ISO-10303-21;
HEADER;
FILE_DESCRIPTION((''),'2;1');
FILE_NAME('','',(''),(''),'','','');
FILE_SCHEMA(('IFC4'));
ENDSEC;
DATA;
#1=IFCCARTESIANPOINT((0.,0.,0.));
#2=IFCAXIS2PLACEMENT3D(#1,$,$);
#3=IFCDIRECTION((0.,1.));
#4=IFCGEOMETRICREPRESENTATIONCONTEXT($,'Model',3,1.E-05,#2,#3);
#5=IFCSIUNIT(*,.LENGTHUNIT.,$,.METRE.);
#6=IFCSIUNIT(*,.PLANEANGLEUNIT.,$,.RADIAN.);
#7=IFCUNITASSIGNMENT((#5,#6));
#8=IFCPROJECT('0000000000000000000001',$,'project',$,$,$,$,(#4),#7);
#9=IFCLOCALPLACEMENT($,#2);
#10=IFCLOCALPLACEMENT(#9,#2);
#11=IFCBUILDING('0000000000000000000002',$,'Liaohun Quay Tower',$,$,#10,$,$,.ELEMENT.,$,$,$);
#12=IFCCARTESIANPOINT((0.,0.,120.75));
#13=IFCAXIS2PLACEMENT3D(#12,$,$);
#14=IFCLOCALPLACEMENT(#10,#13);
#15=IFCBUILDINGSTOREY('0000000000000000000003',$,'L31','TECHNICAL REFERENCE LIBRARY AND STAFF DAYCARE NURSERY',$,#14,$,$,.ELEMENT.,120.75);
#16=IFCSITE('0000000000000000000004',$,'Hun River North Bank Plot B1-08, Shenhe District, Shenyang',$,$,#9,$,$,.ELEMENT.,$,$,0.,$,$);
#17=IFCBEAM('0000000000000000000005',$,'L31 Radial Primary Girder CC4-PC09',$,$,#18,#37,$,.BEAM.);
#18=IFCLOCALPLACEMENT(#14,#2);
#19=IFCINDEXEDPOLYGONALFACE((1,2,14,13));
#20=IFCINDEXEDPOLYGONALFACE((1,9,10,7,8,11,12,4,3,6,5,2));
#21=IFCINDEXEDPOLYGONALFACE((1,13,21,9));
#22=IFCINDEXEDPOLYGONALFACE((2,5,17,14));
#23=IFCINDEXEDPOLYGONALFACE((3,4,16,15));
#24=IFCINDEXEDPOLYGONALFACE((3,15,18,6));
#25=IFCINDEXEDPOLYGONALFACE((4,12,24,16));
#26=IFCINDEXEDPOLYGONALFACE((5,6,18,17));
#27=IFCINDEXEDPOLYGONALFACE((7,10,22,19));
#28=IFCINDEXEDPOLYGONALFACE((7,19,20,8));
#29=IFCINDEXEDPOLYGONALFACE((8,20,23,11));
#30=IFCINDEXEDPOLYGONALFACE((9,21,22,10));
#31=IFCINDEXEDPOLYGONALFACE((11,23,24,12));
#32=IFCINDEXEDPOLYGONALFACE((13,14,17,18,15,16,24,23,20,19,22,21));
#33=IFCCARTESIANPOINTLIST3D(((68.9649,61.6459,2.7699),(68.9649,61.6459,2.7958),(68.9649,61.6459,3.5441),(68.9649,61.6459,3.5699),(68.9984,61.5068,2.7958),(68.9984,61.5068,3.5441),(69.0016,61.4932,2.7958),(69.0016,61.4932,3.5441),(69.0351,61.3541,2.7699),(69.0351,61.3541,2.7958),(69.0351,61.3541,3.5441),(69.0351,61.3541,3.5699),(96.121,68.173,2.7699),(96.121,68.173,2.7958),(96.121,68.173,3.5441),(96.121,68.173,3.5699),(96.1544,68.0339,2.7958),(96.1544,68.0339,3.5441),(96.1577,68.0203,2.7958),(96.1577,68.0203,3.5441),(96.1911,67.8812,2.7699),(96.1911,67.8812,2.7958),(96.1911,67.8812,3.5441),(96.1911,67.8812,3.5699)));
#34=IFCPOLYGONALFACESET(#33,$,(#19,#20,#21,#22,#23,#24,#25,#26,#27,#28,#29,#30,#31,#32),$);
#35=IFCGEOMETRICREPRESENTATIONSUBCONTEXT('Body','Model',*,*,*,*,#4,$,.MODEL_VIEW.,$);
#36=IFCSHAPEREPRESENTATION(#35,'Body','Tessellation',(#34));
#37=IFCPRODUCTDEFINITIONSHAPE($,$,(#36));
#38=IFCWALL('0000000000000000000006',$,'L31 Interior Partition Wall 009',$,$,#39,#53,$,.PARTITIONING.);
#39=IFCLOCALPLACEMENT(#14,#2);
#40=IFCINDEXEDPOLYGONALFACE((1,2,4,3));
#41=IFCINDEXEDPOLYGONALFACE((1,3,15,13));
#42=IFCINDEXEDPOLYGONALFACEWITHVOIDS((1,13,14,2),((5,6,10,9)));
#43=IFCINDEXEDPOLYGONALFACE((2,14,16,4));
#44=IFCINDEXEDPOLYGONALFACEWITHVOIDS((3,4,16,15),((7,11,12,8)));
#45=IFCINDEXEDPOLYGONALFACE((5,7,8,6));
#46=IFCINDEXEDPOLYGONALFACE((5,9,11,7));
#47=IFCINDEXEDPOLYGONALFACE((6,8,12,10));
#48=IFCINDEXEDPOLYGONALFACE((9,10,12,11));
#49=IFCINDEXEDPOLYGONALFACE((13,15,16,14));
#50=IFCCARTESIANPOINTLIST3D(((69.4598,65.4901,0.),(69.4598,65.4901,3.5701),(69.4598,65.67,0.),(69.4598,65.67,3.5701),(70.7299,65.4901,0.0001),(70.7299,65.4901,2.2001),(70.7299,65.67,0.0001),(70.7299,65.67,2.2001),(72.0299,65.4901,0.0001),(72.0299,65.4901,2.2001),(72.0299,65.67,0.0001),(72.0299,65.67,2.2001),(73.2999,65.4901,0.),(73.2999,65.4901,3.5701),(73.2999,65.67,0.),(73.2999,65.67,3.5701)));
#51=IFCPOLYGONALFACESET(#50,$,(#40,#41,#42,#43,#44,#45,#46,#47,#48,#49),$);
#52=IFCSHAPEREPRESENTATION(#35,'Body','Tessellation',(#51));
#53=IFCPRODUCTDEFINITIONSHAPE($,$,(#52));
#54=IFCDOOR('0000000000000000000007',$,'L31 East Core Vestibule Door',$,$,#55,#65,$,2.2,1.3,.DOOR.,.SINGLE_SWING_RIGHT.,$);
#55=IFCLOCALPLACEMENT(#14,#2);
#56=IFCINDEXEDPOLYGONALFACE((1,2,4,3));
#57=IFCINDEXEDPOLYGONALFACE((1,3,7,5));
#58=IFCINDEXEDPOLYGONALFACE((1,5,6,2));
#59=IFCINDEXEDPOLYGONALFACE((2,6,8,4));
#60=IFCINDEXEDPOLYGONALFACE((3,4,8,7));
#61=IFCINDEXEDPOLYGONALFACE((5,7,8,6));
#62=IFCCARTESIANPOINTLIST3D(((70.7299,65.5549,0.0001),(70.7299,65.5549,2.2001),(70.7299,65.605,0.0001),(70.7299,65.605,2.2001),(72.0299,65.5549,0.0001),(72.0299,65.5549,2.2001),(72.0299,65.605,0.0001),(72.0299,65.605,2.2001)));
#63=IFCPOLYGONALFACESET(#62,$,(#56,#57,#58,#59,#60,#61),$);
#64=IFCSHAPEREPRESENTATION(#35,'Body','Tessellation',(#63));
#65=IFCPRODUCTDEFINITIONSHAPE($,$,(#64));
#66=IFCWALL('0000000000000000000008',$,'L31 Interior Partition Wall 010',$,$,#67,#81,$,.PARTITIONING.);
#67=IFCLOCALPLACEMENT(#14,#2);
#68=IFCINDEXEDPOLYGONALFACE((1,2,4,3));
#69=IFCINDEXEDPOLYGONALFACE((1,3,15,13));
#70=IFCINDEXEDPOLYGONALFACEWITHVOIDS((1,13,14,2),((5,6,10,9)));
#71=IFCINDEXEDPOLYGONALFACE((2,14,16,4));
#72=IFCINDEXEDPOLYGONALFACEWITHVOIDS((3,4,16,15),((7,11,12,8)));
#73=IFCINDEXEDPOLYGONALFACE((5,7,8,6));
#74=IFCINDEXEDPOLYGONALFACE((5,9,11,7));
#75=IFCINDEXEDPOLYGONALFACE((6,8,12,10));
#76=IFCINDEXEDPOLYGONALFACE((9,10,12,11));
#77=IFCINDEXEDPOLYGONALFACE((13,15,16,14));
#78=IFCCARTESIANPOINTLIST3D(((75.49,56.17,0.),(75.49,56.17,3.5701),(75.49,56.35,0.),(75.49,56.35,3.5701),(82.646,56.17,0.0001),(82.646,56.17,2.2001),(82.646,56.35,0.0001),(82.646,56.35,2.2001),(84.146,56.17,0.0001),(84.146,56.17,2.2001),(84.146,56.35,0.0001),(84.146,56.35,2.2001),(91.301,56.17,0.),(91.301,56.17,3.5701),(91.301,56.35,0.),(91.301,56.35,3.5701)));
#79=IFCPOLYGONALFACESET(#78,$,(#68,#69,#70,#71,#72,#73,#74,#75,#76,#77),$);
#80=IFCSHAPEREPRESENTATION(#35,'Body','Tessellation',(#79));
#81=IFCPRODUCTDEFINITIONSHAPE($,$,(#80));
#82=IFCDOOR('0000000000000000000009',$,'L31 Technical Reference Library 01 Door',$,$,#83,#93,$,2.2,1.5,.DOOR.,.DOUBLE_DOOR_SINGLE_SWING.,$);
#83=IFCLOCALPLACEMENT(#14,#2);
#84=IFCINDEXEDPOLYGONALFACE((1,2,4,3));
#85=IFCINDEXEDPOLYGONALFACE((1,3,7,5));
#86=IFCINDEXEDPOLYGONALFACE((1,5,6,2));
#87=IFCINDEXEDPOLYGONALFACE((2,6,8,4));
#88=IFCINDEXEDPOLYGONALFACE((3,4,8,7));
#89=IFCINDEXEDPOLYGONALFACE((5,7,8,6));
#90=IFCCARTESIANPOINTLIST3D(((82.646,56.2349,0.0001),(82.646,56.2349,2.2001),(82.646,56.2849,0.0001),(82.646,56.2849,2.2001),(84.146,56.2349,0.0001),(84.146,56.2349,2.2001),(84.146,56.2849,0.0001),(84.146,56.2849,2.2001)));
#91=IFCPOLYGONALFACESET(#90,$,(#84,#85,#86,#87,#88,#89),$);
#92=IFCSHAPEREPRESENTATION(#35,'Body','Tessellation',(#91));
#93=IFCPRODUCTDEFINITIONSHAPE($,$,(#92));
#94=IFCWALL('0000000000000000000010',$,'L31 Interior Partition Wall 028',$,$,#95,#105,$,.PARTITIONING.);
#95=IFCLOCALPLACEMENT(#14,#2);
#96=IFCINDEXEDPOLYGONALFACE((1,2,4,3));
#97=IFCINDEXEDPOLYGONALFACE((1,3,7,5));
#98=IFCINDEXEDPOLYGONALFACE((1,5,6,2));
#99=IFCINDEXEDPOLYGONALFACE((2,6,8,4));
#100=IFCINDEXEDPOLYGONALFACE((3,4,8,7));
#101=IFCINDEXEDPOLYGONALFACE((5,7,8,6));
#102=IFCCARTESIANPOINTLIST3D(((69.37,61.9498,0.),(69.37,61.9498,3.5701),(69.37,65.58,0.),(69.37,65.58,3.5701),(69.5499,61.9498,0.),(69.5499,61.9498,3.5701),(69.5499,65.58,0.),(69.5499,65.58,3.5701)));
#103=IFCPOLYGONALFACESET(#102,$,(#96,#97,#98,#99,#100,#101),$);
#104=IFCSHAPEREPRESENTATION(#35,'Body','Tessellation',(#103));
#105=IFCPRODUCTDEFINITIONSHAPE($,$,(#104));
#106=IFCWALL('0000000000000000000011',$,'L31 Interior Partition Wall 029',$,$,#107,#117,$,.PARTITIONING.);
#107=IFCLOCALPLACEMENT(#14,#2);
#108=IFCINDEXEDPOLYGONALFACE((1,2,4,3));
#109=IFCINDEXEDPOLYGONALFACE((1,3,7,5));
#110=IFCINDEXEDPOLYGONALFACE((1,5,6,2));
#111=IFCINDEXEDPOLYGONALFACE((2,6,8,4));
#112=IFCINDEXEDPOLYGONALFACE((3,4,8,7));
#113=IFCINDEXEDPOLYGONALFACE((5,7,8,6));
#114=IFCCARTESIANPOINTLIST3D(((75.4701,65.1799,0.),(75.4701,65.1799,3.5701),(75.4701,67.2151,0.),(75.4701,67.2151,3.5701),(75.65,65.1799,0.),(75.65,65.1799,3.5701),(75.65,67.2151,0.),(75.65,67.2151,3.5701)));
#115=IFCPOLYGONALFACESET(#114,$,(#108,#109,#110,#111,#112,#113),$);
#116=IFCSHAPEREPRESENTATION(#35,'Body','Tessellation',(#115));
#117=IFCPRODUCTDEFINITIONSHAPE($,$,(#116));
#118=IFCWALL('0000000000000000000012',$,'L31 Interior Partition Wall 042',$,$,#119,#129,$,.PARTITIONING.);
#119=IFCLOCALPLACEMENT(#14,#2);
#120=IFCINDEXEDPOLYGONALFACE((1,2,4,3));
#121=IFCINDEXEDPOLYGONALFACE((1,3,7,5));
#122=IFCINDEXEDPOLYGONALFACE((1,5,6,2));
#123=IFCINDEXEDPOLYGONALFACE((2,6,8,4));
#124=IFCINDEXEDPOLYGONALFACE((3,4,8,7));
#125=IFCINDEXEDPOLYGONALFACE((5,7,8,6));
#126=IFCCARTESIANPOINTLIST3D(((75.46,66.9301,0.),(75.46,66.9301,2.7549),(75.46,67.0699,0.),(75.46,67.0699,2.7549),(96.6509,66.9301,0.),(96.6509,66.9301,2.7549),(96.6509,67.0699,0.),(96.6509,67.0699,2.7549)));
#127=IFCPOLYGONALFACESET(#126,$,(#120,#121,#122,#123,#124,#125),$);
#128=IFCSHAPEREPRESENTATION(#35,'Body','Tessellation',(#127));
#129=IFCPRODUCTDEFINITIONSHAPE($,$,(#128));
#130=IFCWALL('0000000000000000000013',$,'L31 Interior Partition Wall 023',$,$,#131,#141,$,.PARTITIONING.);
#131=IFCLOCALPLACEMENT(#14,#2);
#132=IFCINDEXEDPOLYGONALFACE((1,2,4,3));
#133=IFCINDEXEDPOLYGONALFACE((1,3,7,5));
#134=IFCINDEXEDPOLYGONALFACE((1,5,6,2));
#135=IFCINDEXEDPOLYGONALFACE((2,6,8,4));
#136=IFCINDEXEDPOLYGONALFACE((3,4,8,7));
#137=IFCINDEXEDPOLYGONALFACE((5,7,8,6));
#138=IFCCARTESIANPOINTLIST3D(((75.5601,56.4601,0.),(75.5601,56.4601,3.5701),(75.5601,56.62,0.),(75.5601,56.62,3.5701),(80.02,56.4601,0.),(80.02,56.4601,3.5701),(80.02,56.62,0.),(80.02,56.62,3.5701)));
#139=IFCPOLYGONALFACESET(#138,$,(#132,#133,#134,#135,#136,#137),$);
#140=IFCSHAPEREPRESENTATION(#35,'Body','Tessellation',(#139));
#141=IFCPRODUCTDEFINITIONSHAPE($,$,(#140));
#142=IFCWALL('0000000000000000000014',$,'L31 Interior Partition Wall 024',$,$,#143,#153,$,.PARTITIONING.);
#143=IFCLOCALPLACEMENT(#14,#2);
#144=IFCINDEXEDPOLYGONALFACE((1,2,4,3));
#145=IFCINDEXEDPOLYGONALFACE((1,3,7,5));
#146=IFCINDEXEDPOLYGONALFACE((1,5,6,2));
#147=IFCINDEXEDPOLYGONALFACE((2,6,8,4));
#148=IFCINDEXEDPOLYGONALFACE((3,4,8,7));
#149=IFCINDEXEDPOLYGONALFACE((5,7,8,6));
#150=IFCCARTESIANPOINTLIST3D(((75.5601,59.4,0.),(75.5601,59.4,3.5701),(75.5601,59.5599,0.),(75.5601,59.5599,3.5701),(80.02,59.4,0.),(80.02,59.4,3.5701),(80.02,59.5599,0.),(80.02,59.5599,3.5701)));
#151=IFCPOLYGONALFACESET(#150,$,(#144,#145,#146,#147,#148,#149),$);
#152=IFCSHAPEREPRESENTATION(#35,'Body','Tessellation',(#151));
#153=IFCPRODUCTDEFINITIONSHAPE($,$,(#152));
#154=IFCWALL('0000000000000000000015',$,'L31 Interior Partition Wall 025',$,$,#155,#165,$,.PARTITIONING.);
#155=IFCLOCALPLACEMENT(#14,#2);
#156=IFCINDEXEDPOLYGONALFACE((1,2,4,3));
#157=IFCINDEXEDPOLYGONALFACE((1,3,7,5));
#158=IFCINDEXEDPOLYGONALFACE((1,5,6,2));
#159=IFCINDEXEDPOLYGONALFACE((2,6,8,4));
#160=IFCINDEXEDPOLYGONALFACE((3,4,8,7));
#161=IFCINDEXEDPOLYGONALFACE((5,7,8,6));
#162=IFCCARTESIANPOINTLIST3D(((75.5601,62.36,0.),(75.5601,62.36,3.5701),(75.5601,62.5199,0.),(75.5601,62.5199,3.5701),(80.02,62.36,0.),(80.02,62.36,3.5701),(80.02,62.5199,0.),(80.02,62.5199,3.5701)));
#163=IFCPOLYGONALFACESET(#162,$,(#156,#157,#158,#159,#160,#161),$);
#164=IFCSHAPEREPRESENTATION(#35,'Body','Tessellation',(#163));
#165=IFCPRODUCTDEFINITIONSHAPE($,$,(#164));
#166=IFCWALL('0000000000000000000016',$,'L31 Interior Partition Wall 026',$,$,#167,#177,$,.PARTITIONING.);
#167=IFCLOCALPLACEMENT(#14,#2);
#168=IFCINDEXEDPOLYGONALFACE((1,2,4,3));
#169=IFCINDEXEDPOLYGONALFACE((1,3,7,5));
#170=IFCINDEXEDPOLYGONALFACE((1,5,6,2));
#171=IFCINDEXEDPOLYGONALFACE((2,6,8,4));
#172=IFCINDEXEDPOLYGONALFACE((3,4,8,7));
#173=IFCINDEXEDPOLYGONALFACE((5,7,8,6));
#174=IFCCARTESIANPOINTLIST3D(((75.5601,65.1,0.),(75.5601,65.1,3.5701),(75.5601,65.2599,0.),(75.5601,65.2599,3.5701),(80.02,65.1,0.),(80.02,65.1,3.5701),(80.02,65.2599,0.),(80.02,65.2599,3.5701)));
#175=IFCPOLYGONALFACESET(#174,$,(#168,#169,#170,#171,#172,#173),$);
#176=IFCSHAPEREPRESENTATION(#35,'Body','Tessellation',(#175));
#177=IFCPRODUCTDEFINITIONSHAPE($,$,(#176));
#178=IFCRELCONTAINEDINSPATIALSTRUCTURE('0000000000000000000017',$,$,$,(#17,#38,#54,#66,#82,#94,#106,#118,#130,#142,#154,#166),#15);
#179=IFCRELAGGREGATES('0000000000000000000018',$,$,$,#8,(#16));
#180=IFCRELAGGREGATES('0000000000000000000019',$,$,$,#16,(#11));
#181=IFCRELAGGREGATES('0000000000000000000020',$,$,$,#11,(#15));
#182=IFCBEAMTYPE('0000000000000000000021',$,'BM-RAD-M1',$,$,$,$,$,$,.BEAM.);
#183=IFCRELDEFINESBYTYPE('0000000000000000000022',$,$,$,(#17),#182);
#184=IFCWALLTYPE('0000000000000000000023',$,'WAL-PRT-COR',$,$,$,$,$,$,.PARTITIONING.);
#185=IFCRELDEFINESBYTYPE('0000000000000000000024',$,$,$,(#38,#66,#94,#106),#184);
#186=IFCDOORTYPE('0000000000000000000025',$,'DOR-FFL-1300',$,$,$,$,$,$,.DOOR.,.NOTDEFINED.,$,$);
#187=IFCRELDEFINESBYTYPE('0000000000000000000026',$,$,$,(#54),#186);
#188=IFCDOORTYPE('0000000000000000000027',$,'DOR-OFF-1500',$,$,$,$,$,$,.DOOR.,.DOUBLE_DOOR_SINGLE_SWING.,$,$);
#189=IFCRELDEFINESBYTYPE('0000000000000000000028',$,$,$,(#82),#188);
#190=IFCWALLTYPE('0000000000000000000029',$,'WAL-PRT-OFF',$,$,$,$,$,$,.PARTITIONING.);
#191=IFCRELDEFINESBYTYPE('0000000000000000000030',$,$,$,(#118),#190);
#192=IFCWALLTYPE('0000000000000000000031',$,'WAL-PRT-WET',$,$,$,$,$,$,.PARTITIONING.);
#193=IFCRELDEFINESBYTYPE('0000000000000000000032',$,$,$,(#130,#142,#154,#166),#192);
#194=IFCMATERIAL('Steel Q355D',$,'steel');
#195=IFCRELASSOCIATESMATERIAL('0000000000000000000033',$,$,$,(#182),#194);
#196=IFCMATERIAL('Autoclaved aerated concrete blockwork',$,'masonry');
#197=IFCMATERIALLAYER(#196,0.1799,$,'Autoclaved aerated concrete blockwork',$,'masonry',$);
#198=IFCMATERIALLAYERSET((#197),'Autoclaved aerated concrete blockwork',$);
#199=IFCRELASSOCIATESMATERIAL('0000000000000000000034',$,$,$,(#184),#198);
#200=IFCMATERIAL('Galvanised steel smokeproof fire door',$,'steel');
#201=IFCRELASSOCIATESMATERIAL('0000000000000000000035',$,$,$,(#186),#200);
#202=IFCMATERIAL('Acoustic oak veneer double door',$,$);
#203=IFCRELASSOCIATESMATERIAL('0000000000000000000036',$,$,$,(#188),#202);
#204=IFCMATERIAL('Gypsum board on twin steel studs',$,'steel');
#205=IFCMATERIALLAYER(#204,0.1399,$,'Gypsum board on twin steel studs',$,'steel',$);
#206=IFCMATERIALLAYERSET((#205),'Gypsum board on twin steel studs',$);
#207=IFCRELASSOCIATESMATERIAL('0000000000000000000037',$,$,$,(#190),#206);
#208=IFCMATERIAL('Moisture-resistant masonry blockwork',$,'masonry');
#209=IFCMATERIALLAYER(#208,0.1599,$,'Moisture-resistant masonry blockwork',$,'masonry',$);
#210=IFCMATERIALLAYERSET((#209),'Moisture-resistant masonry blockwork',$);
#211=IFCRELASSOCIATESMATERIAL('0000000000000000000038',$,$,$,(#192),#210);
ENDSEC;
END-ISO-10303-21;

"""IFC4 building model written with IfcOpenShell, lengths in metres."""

from ifc_helpers import new_model, si_unit, direction, frame, frame_2d, origin, origin_2d, place, context, subcontext, project, spatial, rectangle, i_section, extrude, source, transform, mapped, material, layer, layer_set, material_profile, profile_set, type_object, element, fill, save


model = new_model("IFC4")

# Units and contexts
model_context = context("Model", 3, precision=1e-05, world=origin(), true_north=direction((0.0, 1.0)))
body_context = subcontext(model_context, "Body", "Model", "MODEL_VIEW")
ifc_project = project(units=[si_unit("LENGTHUNIT", "METRE"), si_unit("PLANEANGLEUNIT", "RADIAN")], contexts=[model_context])

# Site, building, storey
site_placement = place(None, origin())
site = spatial("IfcSite", under=ifc_project, at=site_placement, Name="Hun River North Bank Plot B1-08, Shenhe District, Shenyang", CompositionType="ELEMENT", RefElevation=0.0)
building_placement = place(site_placement, origin())
building = spatial("IfcBuilding", under=site, at=building_placement, Name="Liaohun Quay Tower", CompositionType="ELEMENT")
storey_placement = place(building_placement, frame((0.0, 0.0, 120.75)))
storey = spatial("IfcBuildingStorey", under=building, at=storey_placement, Name="L31", Description="TECHNICAL REFERENCE LIBRARY AND STAFF DAYCARE NURSERY", CompositionType="ELEMENT", Elevation=120.75)

# Beam
ifc_material_1 = material(Name="Steel Q355D", Category="steel")
ifc_material_profile = material_profile(ifc_material_1, i_section(OverallWidth=0.3, OverallDepth=0.8, WebThickness=0.0139, FlangeThickness=0.0259, at=origin_2d()), Name="HN800x300x14x26")
ifc_profile_set = profile_set([ifc_material_profile], Name="Steel Q355D")
beam_type = type_object("IfcBeamType", Name="BM-RAD-M1", PredefinedType="BEAM", material=ifc_profile_set)
shared_shape_1 = source(origin(), body_context, "Body", "SweptSolid", [
    extrude(i_section(OverallWidth=0.3, OverallDepth=0.8, WebThickness=0.0139, FlangeThickness=0.0259, at=origin_2d()), origin(), (0.0, 0.0, 1.0), 27.9294),
])
beam_placement = place(storey_placement, frame((69.0, 61.5, 3.1699), z_axis=(0.972309, 0.2337, 0.0), x_axis=(-0.2337, 0.972309, 0.0)))
element("IfcBeam", 1, at=beam_placement, inside=storey, type_object=beam_type, Name="L31 Radial Primary Girder CC4-PC09", PredefinedType="BEAM", context=body_context, shape_type="MappedRepresentation", body=[
    mapped(shared_shape_1, transform((0.0, 0.0, 0.0), x_axis=(1.0, 0.0, 0.0), y_axis=(0.0, 1.0, 0.0), z_axis=(0.0, 0.0, 1.0), scale=1.0)),
])

# Walls, openings, doors
ifc_material_2 = material(Name="Autoclaved aerated concrete blockwork", Category="masonry")
ifc_layer_1 = layer(ifc_material_2, 0.1799, Name="Autoclaved aerated concrete blockwork", Category="masonry")
ifc_layer_set_1 = layer_set([ifc_layer_1], Name="Autoclaved aerated concrete blockwork")
wall_type_1 = type_object("IfcWallType", Name="WAL-PRT-COR", PredefinedType="PARTITIONING", material=ifc_layer_set_1)
wall_1_placement = place(storey_placement, frame((69.46, 65.5801, 0.0), z_axis=(0.0, 0.0, 1.0), x_axis=(1.0, 0.0, 0.0)))
wall_1 = element("IfcWall", 2, at=wall_1_placement, inside=storey, type_object=wall_type_1, Name="L31 Interior Partition Wall 009", PredefinedType="PARTITIONING", context=body_context, shape_type="SweptSolid", body=[
    extrude(rectangle(XDim=3.8401, YDim=0.1799, at=frame_2d((1.9199, 0.0))), origin(), (0.0, 0.0, 1.0), 3.5701),
])
shared_shape_2 = source(origin(), body_context, "Body", "SweptSolid", [
    extrude(rectangle(XDim=1.3, YDim=2.2, at=frame_2d((0.6499, 1.1001))), frame((0.0, 0.0999, 0.0), z_axis=(0.0, -1.0, 0.0), x_axis=(1.0, 0.0, 0.0)), (0.0, 0.0, 1.0), 0.2),
])
opening_1_placement = place(wall_1_placement, frame((1.27, 0.0, 0.0)))
opening_1 = element("IfcOpeningElement", 3, at=opening_1_placement, cuts=wall_1, PredefinedType="OPENING", context=body_context, shape_type="MappedRepresentation", body=[
    mapped(shared_shape_2, transform((0.0, 0.0, 0.0), x_axis=(1.0, 0.0, 0.0), y_axis=(0.0, 1.0, 0.0), z_axis=(0.0, 0.0, 1.0), scale=1.0)),
])
ifc_material_3 = material(Name="Galvanised steel smokeproof fire door", Category="steel")
door_type_1 = type_object("IfcDoorType", Name="DOR-FFL-1300", OperationType="NOTDEFINED", PredefinedType="DOOR", material=ifc_material_3)
shared_shape_3 = source(origin(), body_context, "Body", "SweptSolid", [
    extrude(rectangle(XDim=1.3, YDim=2.2, at=frame_2d((0.6499, 1.1001))), frame((0.0, 0.0249, 0.0), z_axis=(0.0, -1.0, 0.0), x_axis=(1.0, 0.0, 0.0)), (0.0, 0.0, 1.0), 0.05),
])
door_1_placement = place(opening_1_placement, origin())
door_1 = element("IfcDoor", 4, at=door_1_placement, inside=storey, type_object=door_type_1, Name="L31 East Core Vestibule Door", OperationType="SINGLE_SWING_RIGHT", OverallHeight=2.2, OverallWidth=1.3, PredefinedType="DOOR", context=body_context, shape_type="MappedRepresentation", body=[
    mapped(shared_shape_3, transform((0.0, 0.0, 0.0), x_axis=(1.0, 0.0, 0.0), y_axis=(0.0, 1.0, 0.0), z_axis=(0.0, 0.0, 1.0), scale=1.0)),
])
fill(opening_1, door_1)
wall_2_placement = place(storey_placement, frame((75.49, 56.26, 0.0), z_axis=(0.0, 0.0, 1.0), x_axis=(1.0, 0.0, 0.0)))
wall_2 = element("IfcWall", 5, at=wall_2_placement, inside=storey, type_object=wall_type_1, Name="L31 Interior Partition Wall 010", PredefinedType="PARTITIONING", context=body_context, shape_type="SweptSolid", body=[
    extrude(rectangle(XDim=15.811, YDim=0.1799, at=frame_2d((7.9055, 0.0))), origin(), (0.0, 0.0, 1.0), 3.5701),
])
shared_shape_4 = source(origin(), body_context, "Body", "SweptSolid", [
    extrude(rectangle(XDim=1.5, YDim=2.2, at=frame_2d((0.75, 1.1001))), frame((0.0, 0.0999, 0.0), z_axis=(0.0, -1.0, 0.0), x_axis=(1.0, 0.0, 0.0)), (0.0, 0.0, 1.0), 0.2),
])
opening_2_placement = place(wall_2_placement, frame((7.156, 0.0, 0.0)))
opening_2 = element("IfcOpeningElement", 6, at=opening_2_placement, cuts=wall_2, PredefinedType="OPENING", context=body_context, shape_type="MappedRepresentation", body=[
    mapped(shared_shape_4, transform((0.0, 0.0, 0.0), x_axis=(1.0, 0.0, 0.0), y_axis=(0.0, 1.0, 0.0), z_axis=(0.0, 0.0, 1.0), scale=1.0)),
])
ifc_material_4 = material(Name="Acoustic oak veneer double door")
door_type_2 = type_object("IfcDoorType", Name="DOR-OFF-1500", OperationType="DOUBLE_DOOR_SINGLE_SWING", PredefinedType="DOOR", material=ifc_material_4)
shared_shape_5 = source(origin(), body_context, "Body", "SweptSolid", [
    extrude(rectangle(XDim=1.5, YDim=2.2, at=frame_2d((0.75, 1.1001))), frame((0.0, 0.0249, 0.0), z_axis=(0.0, -1.0, 0.0), x_axis=(1.0, 0.0, 0.0)), (0.0, 0.0, 1.0), 0.05),
])
door_2_placement = place(opening_2_placement, origin())
door_2 = element("IfcDoor", 7, at=door_2_placement, inside=storey, type_object=door_type_2, Name="L31 Technical Reference Library 01 Door", OperationType="DOUBLE_DOOR_SINGLE_SWING", OverallHeight=2.2, OverallWidth=1.5, PredefinedType="DOOR", context=body_context, shape_type="MappedRepresentation", body=[
    mapped(shared_shape_5, transform((0.0, 0.0, 0.0), x_axis=(1.0, 0.0, 0.0), y_axis=(0.0, 1.0, 0.0), z_axis=(0.0, 0.0, 1.0), scale=1.0)),
])
fill(opening_2, door_2)

# Walls
wall_3_placement = place(storey_placement, frame((69.46, 61.95, 0.0), z_axis=(0.0, 0.0, 1.0), x_axis=(0.0, 1.0, 0.0)))
element("IfcWall", 8, at=wall_3_placement, inside=storey, type_object=wall_type_1, Name="L31 Interior Partition Wall 028", PredefinedType="PARTITIONING", context=body_context, shape_type="SweptSolid", body=[
    extrude(rectangle(XDim=3.6301, YDim=0.1799, at=frame_2d((1.8149, 0.0))), origin(), (0.0, 0.0, 1.0), 3.5701),
])
wall_4_placement = place(storey_placement, frame((75.5601, 67.2151, 0.0), z_axis=(0.0, 0.0, 1.0), x_axis=(0.0, -1.0, 0.0)))
element("IfcWall", 9, at=wall_4_placement, inside=storey, type_object=wall_type_1, Name="L31 Interior Partition Wall 029", PredefinedType="PARTITIONING", context=body_context, shape_type="SweptSolid", body=[
    extrude(rectangle(XDim=2.0352, YDim=0.1799, at=frame_2d((1.0176, 0.0))), origin(), (0.0, 0.0, 1.0), 3.5701),
])
ifc_material_5 = material(Name="Gypsum board on twin steel studs", Category="steel")
ifc_layer_2 = layer(ifc_material_5, 0.1399, Name="Gypsum board on twin steel studs", Category="steel")
ifc_layer_set_2 = layer_set([ifc_layer_2], Name="Gypsum board on twin steel studs")
wall_type_2 = type_object("IfcWallType", Name="WAL-PRT-OFF", PredefinedType="PARTITIONING", material=ifc_layer_set_2)
wall_5_placement = place(storey_placement, frame((75.46, 67.0, 0.0), z_axis=(0.0, 0.0, 1.0), x_axis=(1.0, 0.0, 0.0)))
element("IfcWall", 10, at=wall_5_placement, inside=storey, type_object=wall_type_2, Name="L31 Interior Partition Wall 042", PredefinedType="PARTITIONING", context=body_context, shape_type="SweptSolid", body=[
    extrude(rectangle(XDim=21.1909, YDim=0.1399, at=frame_2d((10.5955, 0.0))), origin(), (0.0, 0.0, 1.0), 2.7549),
])

# Shared definitions
ifc_material_6 = material(Name="Moisture-resistant masonry blockwork", Category="masonry")
ifc_layer_3 = layer(ifc_material_6, 0.1599, Name="Moisture-resistant masonry blockwork", Category="masonry")
ifc_layer_set_3 = layer_set([ifc_layer_3], Name="Moisture-resistant masonry blockwork")
wall_type_3 = type_object("IfcWallType", Name="WAL-PRT-WET", PredefinedType="PARTITIONING", material=ifc_layer_set_3)

# Walls
for number, where, z_axis, x_axis, name in (
    (11, (75.5601, 56.54, 0.0), (0.0, 0.0, 1.0), (1.0, 0.0, 0.0), "L31 Interior Partition Wall 023"),
    (12, (75.5601, 59.48, 0.0), (0.0, 0.0, 1.0), (1.0, 0.0, 0.0), "L31 Interior Partition Wall 024"),
    (13, (75.5601, 62.4399, 0.0), (0.0, 0.0, 1.0), (1.0, 0.0, 0.0), "L31 Interior Partition Wall 025"),
    (14, (75.5601, 65.1799, 0.0), (0.0, 0.0, 1.0), (1.0, 0.0, 0.0), "L31 Interior Partition Wall 026"),
):
    element("IfcWall", number, at=place(storey_placement, frame(where, z_axis=z_axis, x_axis=x_axis)), inside=storey, type_object=wall_type_3, Name=name, PredefinedType="PARTITIONING", context=body_context, shape_type="SweptSolid", body=[
        extrude(rectangle(XDim=4.46, YDim=0.1599, at=frame_2d((2.23, 0.0))), origin(), (0.0, 0.0, 1.0), 3.5701),
    ])

save(model, "model.ifc")
